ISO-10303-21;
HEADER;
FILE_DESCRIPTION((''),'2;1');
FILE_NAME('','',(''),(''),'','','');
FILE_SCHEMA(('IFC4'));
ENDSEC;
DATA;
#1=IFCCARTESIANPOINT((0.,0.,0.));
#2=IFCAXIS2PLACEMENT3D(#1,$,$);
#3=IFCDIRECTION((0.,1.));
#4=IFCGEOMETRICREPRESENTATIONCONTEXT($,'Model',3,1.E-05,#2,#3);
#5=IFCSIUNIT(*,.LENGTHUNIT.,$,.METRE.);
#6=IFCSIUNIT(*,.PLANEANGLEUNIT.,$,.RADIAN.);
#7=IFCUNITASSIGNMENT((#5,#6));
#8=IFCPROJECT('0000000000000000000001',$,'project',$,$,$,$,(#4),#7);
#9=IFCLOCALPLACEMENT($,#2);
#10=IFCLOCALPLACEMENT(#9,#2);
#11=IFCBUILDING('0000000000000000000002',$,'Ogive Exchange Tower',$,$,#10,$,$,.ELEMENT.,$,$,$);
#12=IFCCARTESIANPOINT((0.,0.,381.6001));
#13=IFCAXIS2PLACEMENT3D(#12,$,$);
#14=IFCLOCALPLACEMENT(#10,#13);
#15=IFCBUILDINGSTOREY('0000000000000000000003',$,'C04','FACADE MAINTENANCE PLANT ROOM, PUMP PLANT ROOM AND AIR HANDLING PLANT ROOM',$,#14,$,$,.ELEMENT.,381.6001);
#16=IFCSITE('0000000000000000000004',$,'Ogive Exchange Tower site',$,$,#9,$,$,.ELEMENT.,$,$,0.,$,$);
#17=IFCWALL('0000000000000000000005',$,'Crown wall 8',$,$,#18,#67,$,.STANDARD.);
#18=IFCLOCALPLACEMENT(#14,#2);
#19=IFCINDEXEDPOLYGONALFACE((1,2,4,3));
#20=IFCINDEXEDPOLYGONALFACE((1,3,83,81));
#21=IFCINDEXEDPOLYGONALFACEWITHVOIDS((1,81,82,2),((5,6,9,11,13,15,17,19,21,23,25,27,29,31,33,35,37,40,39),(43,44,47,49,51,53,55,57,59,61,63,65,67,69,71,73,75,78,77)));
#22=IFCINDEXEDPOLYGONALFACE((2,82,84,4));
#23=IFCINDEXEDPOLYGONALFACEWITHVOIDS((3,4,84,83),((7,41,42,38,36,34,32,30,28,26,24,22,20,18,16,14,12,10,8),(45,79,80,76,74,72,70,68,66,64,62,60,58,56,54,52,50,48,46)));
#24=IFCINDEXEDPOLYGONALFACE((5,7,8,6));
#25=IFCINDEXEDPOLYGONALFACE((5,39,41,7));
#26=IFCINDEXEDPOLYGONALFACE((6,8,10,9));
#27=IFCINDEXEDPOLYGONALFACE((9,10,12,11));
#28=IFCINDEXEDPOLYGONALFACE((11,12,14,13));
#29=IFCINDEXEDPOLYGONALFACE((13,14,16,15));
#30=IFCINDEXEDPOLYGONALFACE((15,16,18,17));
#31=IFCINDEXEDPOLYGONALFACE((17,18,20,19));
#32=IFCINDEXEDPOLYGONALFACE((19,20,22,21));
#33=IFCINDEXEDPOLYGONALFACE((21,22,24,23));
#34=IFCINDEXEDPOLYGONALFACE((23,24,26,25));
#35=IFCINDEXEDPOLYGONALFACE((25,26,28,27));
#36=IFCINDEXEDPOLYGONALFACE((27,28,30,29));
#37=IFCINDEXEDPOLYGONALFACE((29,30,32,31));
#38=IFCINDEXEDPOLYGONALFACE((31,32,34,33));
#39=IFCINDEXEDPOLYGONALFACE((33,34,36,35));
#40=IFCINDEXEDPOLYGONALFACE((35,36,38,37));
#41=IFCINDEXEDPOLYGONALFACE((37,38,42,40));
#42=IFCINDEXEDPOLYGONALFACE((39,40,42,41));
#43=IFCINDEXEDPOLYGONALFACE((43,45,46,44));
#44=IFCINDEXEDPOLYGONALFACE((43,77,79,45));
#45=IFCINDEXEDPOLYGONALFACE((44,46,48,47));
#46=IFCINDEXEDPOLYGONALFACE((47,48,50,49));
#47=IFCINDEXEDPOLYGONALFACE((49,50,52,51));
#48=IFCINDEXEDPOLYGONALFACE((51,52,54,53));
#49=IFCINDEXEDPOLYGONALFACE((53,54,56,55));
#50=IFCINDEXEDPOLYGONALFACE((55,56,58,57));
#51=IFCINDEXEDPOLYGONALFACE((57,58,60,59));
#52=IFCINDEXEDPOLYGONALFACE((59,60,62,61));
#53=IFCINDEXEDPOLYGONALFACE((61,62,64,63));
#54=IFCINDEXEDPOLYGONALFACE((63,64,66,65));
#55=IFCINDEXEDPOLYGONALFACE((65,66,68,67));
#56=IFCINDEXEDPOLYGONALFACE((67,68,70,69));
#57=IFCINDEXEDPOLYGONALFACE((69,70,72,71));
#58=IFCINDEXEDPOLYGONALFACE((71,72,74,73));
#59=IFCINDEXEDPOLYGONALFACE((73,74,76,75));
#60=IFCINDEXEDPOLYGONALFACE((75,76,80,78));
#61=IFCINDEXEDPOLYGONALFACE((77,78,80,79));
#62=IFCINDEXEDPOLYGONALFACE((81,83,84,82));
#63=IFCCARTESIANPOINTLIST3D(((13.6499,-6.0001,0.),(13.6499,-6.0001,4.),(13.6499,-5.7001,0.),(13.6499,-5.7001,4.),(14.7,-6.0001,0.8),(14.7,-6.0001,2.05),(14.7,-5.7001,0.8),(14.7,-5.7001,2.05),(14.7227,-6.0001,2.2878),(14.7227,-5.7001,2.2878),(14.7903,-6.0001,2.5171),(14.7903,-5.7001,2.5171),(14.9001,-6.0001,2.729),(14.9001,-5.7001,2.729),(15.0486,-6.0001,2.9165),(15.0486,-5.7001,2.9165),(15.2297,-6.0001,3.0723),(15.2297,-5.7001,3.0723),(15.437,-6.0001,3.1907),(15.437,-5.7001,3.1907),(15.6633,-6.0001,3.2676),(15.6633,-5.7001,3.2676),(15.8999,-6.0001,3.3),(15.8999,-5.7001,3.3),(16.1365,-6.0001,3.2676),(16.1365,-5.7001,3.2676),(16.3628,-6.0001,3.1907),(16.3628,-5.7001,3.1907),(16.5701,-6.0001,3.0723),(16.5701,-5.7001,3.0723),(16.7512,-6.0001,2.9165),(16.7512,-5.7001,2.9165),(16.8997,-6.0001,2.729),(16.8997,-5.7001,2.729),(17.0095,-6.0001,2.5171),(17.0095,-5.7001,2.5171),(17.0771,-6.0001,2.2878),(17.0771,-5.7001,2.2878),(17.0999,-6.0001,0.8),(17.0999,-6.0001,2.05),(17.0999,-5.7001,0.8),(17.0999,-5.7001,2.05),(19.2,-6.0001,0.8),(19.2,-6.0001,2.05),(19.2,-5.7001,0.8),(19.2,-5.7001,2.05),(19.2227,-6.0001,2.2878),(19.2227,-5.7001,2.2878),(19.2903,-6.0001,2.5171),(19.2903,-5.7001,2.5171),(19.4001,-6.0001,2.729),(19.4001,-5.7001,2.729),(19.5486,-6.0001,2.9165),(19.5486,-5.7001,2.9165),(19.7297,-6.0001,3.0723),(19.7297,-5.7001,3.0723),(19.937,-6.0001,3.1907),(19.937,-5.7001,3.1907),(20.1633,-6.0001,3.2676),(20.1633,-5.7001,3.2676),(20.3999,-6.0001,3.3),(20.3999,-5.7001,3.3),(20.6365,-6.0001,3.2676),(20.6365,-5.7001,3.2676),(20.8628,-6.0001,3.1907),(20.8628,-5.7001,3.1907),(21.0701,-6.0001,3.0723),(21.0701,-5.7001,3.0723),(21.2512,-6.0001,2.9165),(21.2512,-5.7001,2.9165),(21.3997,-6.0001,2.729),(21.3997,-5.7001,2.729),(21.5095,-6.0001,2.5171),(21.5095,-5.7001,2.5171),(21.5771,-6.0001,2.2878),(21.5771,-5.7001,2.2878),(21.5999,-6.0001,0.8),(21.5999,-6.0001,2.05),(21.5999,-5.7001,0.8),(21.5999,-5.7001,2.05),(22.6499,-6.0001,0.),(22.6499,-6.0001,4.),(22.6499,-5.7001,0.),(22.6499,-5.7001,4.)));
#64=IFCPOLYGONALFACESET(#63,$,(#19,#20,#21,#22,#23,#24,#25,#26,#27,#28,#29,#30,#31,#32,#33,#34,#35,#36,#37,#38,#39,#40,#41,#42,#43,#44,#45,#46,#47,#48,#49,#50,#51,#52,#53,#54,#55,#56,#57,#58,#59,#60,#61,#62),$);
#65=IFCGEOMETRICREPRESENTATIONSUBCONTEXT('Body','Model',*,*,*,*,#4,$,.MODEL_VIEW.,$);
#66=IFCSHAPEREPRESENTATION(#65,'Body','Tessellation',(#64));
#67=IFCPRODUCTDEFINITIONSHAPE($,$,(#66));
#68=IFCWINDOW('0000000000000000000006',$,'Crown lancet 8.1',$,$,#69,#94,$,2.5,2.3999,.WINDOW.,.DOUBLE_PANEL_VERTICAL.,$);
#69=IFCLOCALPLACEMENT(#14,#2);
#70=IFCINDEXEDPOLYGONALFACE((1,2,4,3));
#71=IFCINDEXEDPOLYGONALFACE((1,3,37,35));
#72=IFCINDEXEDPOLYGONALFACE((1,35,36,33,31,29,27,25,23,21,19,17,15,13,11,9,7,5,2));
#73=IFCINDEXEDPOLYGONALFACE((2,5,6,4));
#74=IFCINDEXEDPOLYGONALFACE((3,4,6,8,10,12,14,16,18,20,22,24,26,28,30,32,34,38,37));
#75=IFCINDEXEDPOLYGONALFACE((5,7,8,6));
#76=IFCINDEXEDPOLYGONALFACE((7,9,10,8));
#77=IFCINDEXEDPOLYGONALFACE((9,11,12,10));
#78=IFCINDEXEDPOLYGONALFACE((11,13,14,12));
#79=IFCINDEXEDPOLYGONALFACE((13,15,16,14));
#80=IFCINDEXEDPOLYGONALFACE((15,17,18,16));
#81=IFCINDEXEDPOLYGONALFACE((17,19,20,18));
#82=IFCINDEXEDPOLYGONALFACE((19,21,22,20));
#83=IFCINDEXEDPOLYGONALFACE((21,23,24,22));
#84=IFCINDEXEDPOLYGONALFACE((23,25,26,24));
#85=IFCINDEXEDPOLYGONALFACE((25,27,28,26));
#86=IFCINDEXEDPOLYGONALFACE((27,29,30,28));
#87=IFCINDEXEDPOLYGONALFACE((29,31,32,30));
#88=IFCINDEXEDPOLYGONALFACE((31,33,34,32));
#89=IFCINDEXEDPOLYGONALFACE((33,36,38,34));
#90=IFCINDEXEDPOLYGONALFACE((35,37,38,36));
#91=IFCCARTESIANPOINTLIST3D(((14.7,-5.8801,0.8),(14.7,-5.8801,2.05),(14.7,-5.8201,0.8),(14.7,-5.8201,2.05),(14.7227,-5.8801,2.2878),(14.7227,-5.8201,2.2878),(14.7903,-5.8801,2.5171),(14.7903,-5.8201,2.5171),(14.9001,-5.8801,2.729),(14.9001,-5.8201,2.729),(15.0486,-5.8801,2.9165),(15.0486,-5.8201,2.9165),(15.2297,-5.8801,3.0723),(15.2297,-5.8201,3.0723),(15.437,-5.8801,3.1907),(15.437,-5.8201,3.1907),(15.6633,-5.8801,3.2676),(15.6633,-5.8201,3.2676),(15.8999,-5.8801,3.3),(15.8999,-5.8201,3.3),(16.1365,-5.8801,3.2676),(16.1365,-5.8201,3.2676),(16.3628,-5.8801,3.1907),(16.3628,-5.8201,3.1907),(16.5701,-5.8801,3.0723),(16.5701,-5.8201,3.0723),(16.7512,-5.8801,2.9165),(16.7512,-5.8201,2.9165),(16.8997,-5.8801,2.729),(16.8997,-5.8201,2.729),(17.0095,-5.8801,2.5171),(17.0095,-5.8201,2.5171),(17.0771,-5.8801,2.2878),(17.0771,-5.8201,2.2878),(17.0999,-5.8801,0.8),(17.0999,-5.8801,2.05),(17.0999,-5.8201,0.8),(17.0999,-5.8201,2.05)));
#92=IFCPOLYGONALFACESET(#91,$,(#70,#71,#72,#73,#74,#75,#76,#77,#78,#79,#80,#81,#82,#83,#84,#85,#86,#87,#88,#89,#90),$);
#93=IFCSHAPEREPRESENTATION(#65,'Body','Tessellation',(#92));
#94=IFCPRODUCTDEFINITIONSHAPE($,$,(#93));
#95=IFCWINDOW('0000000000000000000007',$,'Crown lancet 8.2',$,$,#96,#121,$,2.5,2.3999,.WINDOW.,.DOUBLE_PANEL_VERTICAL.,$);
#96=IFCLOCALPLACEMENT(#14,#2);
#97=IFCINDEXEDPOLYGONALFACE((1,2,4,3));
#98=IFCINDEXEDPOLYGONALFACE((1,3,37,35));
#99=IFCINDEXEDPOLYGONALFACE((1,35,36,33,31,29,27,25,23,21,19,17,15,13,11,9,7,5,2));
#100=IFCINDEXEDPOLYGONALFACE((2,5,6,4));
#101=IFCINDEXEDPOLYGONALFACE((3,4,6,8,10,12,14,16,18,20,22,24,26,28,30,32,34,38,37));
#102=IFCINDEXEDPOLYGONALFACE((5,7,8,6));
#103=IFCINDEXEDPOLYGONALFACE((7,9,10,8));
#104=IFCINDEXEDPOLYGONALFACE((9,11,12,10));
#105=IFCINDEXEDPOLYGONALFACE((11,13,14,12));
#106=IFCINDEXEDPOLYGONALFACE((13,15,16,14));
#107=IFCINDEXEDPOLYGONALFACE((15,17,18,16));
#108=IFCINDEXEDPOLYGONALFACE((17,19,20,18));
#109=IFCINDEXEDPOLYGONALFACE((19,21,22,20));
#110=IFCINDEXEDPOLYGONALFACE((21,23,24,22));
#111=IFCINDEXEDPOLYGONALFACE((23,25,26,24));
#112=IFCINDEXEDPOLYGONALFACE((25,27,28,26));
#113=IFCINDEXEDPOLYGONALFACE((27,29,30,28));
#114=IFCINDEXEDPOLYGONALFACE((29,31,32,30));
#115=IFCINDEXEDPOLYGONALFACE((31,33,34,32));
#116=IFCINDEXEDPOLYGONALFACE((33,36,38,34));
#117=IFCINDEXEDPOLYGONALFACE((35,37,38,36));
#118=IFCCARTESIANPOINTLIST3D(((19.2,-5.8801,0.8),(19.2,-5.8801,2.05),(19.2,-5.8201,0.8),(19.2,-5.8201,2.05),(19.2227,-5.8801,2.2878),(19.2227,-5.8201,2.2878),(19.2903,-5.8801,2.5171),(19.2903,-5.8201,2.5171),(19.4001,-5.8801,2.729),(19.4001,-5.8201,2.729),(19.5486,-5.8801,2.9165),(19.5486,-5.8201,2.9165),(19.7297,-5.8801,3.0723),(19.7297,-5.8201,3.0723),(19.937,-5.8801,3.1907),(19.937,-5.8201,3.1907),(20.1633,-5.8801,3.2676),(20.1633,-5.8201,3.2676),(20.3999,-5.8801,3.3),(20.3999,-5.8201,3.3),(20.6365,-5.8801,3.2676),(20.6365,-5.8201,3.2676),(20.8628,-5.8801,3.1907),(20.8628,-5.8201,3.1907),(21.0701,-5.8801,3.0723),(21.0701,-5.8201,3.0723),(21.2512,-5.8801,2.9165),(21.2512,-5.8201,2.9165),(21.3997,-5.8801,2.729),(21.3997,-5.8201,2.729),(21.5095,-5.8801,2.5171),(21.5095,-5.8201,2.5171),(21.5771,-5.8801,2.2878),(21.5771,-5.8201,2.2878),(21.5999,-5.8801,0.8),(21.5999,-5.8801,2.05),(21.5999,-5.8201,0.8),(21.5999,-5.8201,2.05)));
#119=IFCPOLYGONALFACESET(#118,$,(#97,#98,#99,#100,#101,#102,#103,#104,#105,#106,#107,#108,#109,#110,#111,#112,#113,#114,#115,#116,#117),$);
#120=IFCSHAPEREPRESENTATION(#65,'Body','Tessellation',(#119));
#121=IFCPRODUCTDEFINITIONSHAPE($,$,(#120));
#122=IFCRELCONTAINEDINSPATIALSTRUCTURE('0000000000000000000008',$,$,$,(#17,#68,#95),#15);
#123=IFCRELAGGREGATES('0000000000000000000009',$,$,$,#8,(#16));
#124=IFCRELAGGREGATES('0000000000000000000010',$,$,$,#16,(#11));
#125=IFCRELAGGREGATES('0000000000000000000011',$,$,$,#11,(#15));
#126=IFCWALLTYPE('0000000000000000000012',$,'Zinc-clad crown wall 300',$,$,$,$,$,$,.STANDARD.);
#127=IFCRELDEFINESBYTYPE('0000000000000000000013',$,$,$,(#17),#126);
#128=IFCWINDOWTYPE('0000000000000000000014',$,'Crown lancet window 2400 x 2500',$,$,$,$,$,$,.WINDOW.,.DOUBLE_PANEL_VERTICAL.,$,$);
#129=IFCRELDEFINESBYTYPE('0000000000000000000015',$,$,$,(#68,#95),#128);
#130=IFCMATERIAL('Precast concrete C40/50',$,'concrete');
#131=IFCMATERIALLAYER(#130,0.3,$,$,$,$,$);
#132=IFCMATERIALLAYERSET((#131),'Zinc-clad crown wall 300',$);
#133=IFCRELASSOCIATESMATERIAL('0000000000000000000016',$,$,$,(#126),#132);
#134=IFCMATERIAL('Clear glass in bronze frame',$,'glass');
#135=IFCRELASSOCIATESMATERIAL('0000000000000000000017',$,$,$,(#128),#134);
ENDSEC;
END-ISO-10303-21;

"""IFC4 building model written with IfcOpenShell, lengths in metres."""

from ifc_helpers import new_model, si_unit, direction, frame, frame_2d, origin, place, context, subcontext, project, spatial, polyline, rectangle, outline, extrude, material, layer, layer_set, type_object, element, fill, save


model = new_model("IFC4")

# Units and contexts
model_context = context("Model", 3, precision=1e-05, world=origin(), true_north=direction((0.0, 1.0)))
body_context = subcontext(model_context, "Body", "Model", "MODEL_VIEW")
ifc_project = project(units=[si_unit("LENGTHUNIT", "METRE"), si_unit("PLANEANGLEUNIT", "RADIAN")], contexts=[model_context])

# Site, building, storey
site_placement = place(None, origin())
site = spatial("IfcSite", under=ifc_project, at=site_placement, Name="Ogive Exchange Tower site", CompositionType="ELEMENT", RefElevation=0.0)
building_placement = place(site_placement, origin())
building = spatial("IfcBuilding", under=site, at=building_placement, Name="Ogive Exchange Tower", CompositionType="ELEMENT")
storey_placement = place(building_placement, frame((0.0, 0.0, 381.6001)))
storey = spatial("IfcBuildingStorey", under=building, at=storey_placement, Name="C04", Description="FACADE MAINTENANCE PLANT ROOM, PUMP PLANT ROOM AND AIR HANDLING PLANT ROOM", CompositionType="ELEMENT", Elevation=381.6001)

# Wall, openings, windows
ifc_material_1 = material(Name="Precast concrete C40/50", Category="concrete")
ifc_layer_1 = layer(ifc_material_1, 0.3)
ifc_layer_set_1 = layer_set([ifc_layer_1], Name="Zinc-clad crown wall 300")
wall_type_1 = type_object("IfcWallType", Name="Zinc-clad crown wall 300", PredefinedType="STANDARD", material=ifc_layer_set_1)
ifc_material_2 = material(Name="Clear glass in bronze frame", Category="glass")
window_type = type_object("IfcWindowType", Name="Crown lancet window 2400 x 2500", PartitioningType="DOUBLE_PANEL_VERTICAL", PredefinedType="WINDOW", material=ifc_material_2)
wall_1_placement = place(storey_placement, frame((13.6499, -5.8501, 0.0), z_axis=(0.0, 0.0, 1.0), x_axis=(1.0, 0.0, 0.0)))
wall_1 = element("IfcWall", 1, at=wall_1_placement, inside=storey, type_object=wall_type_1, Name="Crown wall 8", PredefinedType="STANDARD", context=body_context, shape_type="SweptSolid", body=[
    extrude(rectangle(XDim=9.0, YDim=0.3, at=frame_2d((4.5, 0.0))), origin(), (0.0, 0.0, 1.0), 4.0),
])
opening_1_placement = place(wall_1_placement, frame((1.05, 0.0, 0.8)))
opening_1 = element("IfcOpeningElement", 2, at=opening_1_placement, cuts=wall_1, PredefinedType="OPENING", context=body_context, shape_type="SweptSolid", body=[
    extrude(outline(polyline([(0.0, 0.0), (2.3999, 0.0), (2.3999, 1.25), (2.3772, 1.4878), (2.3096, 1.717), (2.1997, 1.929), (2.0513, 2.1165), (1.8701, 2.2722), (1.6628, 2.3906), (1.4365, 2.4675), (1.2, 2.5), (0.9634, 2.4675), (0.7371, 2.3906), (0.5298, 2.2722), (0.3486, 2.1165), (0.2002, 1.929), (0.0903, 1.717), (0.0227, 1.4878), (0.0, 1.25), (0.0, 0.0)])), frame((0.0, 0.1599, 0.0), z_axis=(0.0, -1.0, 0.0), x_axis=(1.0, 0.0, 0.0)), (0.0, 0.0, 1.0), 0.3201),
])
opening_2_placement = place(wall_1_placement, frame((5.55, 0.0, 0.8)))
opening_2 = element("IfcOpeningElement", 3, at=opening_2_placement, cuts=wall_1, PredefinedType="OPENING", context=body_context, shape_type="SweptSolid", body=[
    extrude(outline(polyline([(0.0, 0.0), (2.3999, 0.0), (2.3999, 1.25), (2.3772, 1.4878), (2.3096, 1.717), (2.1997, 1.929), (2.0513, 2.1165), (1.8701, 2.2722), (1.6628, 2.3906), (1.4365, 2.4675), (1.2, 2.5), (0.9634, 2.4675), (0.7371, 2.3906), (0.5298, 2.2722), (0.3486, 2.1165), (0.2002, 1.929), (0.0903, 1.717), (0.0227, 1.4878), (0.0, 1.25), (0.0, 0.0)])), frame((0.0, 0.1599, 0.0), z_axis=(0.0, -1.0, 0.0), x_axis=(1.0, 0.0, 0.0)), (0.0, 0.0, 1.0), 0.3201),
])
window_1_placement = place(opening_1_placement, origin())
window_1 = element("IfcWindow", 4, at=window_1_placement, inside=storey, type_object=window_type, Name="Crown lancet 8.1", OverallHeight=2.5, OverallWidth=2.3999, PartitioningType="DOUBLE_PANEL_VERTICAL", PredefinedType="WINDOW", context=body_context, shape_type="SweptSolid", body=[
    extrude(outline(polyline([(0.0, 0.0), (2.3999, 0.0), (2.3999, 1.25), (2.3772, 1.4878), (2.3096, 1.717), (2.1997, 1.929), (2.0513, 2.1165), (1.8701, 2.2722), (1.6628, 2.3906), (1.4365, 2.4675), (1.2, 2.5), (0.9634, 2.4675), (0.7371, 2.3906), (0.5298, 2.2722), (0.3486, 2.1165), (0.2002, 1.929), (0.0903, 1.717), (0.0227, 1.4878), (0.0, 1.25), (0.0, 0.0)])), frame((0.0, 0.03, 0.0), z_axis=(0.0, -1.0, 0.0), x_axis=(1.0, 0.0, 0.0)), (0.0, 0.0, 1.0), 0.0601),
])
fill(opening_1, window_1)
window_2_placement = place(opening_2_placement, origin())
window_2 = element("IfcWindow", 5, at=window_2_placement, inside=storey, type_object=window_type, Name="Crown lancet 8.2", OverallHeight=2.5, OverallWidth=2.3999, PartitioningType="DOUBLE_PANEL_VERTICAL", PredefinedType="WINDOW", context=body_context, shape_type="SweptSolid", body=[
    extrude(outline(polyline([(0.0, 0.0), (2.3999, 0.0), (2.3999, 1.25), (2.3772, 1.4878), (2.3096, 1.717), (2.1997, 1.929), (2.0513, 2.1165), (1.8701, 2.2722), (1.6628, 2.3906), (1.4365, 2.4675), (1.2, 2.5), (0.9634, 2.4675), (0.7371, 2.3906), (0.5298, 2.2722), (0.3486, 2.1165), (0.2002, 1.929), (0.0903, 1.717), (0.0227, 1.4878), (0.0, 1.25), (0.0, 0.0)])), frame((0.0, 0.03, 0.0), z_axis=(0.0, -1.0, 0.0), x_axis=(1.0, 0.0, 0.0)), (0.0, 0.0, 1.0), 0.0601),
])
fill(opening_2, window_2)

save(model, "model.ifc")
